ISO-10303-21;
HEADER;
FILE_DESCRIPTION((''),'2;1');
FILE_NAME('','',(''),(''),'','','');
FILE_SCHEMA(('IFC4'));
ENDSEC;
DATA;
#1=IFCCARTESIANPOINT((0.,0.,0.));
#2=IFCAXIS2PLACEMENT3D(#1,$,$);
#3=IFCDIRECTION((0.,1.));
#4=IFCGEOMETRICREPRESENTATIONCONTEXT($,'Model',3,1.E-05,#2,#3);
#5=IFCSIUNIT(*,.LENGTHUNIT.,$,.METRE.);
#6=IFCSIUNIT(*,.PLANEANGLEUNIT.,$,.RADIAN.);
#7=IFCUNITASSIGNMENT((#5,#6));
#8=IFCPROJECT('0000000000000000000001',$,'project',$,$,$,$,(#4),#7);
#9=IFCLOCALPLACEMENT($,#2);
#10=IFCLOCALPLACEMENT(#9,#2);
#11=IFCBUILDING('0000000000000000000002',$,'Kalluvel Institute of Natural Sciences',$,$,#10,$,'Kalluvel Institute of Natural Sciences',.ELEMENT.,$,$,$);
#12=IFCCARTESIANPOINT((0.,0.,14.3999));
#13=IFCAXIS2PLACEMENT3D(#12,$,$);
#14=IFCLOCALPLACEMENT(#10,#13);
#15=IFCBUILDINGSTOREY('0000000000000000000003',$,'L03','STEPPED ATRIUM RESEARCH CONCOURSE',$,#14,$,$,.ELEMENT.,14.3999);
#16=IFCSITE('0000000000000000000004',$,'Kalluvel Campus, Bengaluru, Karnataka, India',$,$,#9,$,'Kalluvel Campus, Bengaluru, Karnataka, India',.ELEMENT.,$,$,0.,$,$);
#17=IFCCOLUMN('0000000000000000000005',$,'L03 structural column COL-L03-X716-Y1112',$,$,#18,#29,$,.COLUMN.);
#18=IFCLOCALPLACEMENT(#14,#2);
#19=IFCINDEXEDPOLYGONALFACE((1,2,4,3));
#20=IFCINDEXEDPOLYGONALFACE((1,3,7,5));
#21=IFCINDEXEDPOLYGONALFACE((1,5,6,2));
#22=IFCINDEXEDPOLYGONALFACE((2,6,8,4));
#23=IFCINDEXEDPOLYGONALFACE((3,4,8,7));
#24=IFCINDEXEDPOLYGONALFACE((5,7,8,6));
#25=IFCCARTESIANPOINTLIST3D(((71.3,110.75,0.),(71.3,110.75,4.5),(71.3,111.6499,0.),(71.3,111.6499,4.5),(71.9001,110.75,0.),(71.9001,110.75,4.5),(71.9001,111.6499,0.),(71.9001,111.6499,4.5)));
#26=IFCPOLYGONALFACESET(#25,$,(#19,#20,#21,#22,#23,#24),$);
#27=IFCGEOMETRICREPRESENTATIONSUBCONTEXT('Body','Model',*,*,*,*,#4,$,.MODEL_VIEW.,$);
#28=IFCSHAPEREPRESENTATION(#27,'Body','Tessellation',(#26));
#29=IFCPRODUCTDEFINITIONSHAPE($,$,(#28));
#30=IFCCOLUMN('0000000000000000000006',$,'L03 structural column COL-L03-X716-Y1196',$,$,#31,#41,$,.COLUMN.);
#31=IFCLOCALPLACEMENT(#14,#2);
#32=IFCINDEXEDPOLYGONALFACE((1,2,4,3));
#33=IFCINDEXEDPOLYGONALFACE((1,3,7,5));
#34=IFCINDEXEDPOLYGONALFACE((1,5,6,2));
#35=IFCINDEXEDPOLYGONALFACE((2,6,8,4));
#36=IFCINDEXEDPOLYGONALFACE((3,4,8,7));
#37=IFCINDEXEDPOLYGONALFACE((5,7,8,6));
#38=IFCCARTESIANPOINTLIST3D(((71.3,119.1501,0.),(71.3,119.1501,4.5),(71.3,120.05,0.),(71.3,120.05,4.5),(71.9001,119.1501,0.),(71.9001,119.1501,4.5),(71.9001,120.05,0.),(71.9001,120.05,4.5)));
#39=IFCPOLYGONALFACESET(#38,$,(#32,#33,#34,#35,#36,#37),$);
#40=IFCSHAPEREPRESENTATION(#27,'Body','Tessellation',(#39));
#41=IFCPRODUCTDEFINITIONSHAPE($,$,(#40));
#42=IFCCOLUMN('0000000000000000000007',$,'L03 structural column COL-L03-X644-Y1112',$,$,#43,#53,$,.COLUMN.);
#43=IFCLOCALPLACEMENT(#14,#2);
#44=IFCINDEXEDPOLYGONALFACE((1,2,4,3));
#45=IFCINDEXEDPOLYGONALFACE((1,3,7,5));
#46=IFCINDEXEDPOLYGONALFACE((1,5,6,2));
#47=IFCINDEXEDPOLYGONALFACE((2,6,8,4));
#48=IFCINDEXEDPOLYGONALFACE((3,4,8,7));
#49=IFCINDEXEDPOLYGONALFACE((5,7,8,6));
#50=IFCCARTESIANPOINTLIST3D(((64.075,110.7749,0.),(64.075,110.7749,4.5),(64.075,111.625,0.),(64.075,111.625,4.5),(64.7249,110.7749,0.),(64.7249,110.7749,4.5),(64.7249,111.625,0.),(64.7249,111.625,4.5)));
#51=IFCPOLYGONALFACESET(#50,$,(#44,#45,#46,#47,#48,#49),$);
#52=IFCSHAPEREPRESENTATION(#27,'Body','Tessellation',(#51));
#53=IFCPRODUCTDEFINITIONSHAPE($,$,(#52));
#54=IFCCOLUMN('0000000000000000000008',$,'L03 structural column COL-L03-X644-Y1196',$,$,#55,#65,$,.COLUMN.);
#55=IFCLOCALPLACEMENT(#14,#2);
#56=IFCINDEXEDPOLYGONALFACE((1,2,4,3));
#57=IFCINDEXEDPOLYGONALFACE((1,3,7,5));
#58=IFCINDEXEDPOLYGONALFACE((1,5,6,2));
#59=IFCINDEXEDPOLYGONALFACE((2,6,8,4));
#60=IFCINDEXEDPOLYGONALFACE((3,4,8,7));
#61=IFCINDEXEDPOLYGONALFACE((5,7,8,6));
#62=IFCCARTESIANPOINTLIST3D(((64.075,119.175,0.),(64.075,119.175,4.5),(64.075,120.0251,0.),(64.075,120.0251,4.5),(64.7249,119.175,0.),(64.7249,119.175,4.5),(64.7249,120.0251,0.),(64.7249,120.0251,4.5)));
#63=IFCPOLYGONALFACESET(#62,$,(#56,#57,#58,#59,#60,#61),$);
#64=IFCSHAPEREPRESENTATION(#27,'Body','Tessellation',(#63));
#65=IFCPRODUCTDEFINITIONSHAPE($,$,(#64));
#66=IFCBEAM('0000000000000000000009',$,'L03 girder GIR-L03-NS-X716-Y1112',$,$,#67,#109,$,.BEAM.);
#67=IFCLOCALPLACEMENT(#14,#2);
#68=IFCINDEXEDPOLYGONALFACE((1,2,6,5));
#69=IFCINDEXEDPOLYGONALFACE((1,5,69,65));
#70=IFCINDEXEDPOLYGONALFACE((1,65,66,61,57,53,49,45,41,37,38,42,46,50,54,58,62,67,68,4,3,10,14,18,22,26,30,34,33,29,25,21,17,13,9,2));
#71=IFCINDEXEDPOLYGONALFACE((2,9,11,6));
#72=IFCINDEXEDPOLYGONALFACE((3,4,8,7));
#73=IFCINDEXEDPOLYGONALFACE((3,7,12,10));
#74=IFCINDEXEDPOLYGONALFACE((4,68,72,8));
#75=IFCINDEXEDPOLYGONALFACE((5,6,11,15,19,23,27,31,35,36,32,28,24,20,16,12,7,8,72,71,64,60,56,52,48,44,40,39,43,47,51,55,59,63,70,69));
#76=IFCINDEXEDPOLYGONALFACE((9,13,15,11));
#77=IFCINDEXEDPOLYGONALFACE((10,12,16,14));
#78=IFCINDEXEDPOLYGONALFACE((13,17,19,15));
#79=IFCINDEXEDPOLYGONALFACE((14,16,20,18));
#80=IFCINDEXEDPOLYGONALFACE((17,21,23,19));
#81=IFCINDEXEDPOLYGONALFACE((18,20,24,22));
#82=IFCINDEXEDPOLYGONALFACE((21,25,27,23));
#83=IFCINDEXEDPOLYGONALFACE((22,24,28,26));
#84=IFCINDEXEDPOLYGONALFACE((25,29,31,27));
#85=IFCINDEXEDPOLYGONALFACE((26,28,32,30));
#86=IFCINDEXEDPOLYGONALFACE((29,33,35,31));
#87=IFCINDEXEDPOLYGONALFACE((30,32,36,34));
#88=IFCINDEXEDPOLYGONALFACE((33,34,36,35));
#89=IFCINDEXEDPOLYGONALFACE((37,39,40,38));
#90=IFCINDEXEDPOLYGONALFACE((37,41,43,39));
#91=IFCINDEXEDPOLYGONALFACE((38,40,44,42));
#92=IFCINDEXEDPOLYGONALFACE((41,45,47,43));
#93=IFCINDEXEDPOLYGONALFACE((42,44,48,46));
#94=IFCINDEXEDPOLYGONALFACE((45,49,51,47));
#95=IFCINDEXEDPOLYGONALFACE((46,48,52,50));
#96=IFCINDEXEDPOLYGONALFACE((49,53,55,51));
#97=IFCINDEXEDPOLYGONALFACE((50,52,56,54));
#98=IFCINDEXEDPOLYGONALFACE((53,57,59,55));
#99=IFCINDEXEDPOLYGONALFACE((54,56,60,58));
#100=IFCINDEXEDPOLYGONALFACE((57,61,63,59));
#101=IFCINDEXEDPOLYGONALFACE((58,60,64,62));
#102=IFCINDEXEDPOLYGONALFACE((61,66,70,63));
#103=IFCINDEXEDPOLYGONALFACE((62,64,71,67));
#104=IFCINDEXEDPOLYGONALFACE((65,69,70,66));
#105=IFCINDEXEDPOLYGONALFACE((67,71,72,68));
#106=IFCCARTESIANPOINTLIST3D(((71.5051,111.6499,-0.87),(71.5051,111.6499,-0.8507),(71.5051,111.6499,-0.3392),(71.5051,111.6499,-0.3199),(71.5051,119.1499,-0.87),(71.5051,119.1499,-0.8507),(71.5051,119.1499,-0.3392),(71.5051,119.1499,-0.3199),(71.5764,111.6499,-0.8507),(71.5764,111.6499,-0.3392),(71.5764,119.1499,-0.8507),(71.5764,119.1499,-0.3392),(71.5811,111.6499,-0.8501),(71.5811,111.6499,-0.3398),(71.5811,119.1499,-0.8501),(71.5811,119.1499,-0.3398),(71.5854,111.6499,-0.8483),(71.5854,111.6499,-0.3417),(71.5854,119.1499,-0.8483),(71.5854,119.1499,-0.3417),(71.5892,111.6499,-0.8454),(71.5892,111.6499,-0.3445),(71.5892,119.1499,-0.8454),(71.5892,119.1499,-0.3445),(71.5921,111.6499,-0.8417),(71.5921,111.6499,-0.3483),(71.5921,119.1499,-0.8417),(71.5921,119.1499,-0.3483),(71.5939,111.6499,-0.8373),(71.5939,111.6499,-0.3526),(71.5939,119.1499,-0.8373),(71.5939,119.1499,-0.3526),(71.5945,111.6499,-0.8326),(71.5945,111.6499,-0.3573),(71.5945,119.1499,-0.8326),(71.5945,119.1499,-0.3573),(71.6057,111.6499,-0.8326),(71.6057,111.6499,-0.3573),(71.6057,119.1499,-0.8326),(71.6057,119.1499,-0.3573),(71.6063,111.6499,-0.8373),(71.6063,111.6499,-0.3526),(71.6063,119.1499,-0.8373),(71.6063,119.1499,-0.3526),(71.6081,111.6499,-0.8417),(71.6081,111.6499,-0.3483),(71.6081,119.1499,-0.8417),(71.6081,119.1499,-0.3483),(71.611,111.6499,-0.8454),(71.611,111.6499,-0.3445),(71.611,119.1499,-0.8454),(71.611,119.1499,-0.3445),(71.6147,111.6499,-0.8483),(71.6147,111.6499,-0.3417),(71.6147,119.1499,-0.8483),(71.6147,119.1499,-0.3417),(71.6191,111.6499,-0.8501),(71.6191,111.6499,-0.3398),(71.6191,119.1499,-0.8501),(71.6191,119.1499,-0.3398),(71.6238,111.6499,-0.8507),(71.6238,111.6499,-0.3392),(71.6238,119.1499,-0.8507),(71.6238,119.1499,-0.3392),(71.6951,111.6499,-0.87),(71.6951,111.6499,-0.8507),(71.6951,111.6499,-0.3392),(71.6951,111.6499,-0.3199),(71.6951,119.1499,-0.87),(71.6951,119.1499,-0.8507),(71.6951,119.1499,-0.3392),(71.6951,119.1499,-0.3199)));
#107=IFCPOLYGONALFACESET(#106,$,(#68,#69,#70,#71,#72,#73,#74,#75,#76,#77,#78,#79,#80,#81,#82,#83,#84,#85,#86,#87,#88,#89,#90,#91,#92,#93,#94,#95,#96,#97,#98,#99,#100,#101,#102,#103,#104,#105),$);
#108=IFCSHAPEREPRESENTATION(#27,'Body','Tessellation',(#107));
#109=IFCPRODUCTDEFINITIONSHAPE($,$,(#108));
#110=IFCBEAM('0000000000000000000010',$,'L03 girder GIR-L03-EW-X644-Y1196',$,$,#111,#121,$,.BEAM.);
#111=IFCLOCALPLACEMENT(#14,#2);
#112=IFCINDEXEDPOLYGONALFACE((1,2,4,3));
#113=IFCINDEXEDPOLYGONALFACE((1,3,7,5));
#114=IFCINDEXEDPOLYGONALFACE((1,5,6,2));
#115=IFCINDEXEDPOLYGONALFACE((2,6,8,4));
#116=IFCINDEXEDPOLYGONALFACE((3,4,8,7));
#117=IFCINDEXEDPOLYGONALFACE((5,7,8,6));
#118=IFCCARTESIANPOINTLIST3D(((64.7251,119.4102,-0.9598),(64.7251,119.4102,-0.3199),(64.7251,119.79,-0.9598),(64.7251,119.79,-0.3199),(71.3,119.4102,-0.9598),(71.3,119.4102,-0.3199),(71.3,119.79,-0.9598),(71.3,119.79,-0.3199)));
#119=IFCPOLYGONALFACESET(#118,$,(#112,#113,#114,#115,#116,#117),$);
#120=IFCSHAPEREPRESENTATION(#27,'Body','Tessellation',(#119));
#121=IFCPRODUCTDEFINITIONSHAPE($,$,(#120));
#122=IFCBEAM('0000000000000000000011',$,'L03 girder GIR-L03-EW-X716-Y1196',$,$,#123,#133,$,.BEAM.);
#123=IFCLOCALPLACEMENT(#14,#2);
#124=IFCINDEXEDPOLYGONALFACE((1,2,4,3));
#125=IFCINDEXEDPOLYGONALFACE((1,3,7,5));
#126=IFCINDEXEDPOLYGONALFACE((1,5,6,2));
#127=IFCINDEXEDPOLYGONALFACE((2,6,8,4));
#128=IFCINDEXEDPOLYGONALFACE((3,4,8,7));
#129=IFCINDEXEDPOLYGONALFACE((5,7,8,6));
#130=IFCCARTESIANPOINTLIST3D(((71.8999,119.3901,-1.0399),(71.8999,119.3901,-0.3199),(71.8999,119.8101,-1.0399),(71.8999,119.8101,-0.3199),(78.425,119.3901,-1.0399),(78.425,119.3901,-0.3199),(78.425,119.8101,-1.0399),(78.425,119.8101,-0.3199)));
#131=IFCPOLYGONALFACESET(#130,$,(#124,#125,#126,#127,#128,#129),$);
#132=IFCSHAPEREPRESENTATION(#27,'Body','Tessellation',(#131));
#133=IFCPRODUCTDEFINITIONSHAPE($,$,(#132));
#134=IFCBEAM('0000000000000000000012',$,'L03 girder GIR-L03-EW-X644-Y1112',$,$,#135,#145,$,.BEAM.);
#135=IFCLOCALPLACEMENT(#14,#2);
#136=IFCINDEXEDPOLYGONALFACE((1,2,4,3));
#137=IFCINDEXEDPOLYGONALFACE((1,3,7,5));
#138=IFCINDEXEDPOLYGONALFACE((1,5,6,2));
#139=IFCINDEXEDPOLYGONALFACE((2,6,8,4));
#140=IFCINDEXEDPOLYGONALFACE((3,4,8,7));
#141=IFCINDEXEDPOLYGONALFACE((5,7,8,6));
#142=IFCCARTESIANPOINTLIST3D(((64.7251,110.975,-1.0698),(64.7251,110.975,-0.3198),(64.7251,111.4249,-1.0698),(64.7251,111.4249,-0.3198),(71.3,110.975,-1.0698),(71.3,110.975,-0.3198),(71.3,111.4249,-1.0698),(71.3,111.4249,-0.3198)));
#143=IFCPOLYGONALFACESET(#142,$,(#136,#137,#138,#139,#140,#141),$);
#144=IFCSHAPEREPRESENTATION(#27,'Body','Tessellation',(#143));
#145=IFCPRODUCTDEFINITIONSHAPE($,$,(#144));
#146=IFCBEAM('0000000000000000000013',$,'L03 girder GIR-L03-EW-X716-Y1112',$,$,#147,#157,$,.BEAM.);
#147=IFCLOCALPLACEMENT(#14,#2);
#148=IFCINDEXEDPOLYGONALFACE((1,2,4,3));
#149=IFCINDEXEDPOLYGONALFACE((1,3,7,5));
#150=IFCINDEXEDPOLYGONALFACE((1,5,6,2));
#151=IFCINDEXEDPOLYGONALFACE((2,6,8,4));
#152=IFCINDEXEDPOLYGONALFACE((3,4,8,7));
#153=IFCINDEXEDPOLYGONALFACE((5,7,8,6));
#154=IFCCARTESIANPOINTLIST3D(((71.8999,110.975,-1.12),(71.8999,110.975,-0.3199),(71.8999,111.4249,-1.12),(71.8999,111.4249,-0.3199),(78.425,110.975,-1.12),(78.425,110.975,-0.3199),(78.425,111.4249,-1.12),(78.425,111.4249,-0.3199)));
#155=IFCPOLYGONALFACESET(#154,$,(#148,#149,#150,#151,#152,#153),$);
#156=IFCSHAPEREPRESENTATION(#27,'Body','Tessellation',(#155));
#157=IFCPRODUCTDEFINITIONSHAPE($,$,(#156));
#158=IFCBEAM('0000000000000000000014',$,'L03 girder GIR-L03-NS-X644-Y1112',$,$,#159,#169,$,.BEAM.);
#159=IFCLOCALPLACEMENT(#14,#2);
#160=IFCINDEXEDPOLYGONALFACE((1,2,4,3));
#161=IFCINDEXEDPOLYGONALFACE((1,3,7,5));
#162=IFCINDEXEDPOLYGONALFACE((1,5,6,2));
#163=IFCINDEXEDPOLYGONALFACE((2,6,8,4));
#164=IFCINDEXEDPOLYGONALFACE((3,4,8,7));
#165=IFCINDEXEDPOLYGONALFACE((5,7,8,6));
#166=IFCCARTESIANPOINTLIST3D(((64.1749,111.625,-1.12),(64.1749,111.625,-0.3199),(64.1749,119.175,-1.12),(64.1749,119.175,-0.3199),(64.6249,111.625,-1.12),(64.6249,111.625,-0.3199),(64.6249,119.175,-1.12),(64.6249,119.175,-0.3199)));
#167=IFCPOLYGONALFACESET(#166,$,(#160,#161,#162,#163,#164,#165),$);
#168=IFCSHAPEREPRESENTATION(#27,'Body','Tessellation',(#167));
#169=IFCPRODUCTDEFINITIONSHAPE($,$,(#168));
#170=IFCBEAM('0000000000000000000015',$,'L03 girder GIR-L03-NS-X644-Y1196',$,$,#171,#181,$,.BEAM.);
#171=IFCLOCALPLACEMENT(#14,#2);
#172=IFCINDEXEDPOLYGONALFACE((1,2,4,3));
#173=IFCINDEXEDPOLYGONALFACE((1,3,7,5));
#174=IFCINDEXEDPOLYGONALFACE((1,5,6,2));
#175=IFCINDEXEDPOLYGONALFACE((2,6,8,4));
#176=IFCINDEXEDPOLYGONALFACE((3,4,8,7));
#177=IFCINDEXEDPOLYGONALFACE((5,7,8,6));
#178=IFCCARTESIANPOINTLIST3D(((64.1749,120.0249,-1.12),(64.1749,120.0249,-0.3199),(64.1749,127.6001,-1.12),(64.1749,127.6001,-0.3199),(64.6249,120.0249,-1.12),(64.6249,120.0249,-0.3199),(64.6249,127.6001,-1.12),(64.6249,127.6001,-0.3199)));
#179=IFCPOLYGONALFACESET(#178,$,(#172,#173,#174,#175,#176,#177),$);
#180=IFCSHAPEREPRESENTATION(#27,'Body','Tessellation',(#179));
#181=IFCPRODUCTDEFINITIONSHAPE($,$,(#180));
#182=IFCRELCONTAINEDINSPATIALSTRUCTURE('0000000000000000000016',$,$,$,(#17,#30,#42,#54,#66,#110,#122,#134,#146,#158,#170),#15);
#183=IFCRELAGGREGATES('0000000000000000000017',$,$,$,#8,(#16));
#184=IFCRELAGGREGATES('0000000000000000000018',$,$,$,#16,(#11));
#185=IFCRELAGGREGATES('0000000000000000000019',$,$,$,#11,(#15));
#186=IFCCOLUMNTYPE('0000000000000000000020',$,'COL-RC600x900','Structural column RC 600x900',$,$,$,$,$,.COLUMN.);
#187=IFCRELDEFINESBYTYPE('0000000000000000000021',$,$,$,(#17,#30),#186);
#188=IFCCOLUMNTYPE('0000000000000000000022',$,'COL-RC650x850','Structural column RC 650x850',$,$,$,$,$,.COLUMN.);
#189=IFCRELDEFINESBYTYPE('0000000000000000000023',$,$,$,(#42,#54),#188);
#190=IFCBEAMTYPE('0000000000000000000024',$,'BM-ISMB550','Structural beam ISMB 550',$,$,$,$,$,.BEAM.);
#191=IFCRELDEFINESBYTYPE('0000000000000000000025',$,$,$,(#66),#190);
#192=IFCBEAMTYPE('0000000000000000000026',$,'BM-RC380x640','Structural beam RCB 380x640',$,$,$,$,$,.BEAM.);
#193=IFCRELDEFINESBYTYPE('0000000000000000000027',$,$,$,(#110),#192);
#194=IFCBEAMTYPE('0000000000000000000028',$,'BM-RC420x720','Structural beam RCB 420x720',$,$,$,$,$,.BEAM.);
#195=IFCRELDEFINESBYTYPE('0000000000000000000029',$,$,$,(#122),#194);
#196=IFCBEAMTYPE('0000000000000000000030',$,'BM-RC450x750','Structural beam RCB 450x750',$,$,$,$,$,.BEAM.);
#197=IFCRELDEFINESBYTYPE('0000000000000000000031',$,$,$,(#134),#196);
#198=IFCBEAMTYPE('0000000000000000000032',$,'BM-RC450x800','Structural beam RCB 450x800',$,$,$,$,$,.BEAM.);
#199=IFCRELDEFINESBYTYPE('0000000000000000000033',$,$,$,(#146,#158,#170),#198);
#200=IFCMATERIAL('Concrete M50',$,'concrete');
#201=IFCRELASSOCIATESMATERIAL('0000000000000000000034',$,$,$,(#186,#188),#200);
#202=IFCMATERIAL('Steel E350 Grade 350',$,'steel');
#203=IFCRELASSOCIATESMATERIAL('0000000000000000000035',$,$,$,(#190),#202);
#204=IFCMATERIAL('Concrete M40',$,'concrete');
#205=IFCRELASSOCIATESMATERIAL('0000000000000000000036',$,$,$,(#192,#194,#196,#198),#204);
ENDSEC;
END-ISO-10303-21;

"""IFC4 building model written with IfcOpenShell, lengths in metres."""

from ifc_helpers import new_model, si_unit, direction, frame, origin, origin_2d, place, context, subcontext, project, spatial, rectangle, i_section, extrude, material, material_profile, profile_set, type_object, element, save


model = new_model("IFC4")

# Units and contexts
model_context = context("Model", 3, precision=1e-05, world=origin(), true_north=direction((0.0, 1.0)))
body_context = subcontext(model_context, "Body", "Model", "MODEL_VIEW")
ifc_project = project(units=[si_unit("LENGTHUNIT", "METRE"), si_unit("PLANEANGLEUNIT", "RADIAN")], contexts=[model_context])

# Site, building, storey
site_placement = place(None, origin())
site = spatial("IfcSite", under=ifc_project, at=site_placement, Name="Kalluvel Campus, Bengaluru, Karnataka, India", LongName="Kalluvel Campus, Bengaluru, Karnataka, India", CompositionType="ELEMENT", RefElevation=0.0)
building_placement = place(site_placement, origin())
building = spatial("IfcBuilding", under=site, at=building_placement, Name="Kalluvel Institute of Natural Sciences", LongName="Kalluvel Institute of Natural Sciences", CompositionType="ELEMENT")
storey_placement = place(building_placement, frame((0.0, 0.0, 14.3999)))
storey = spatial("IfcBuildingStorey", under=building, at=storey_placement, Name="L03", Description="STEPPED ATRIUM RESEARCH CONCOURSE", CompositionType="ELEMENT", Elevation=14.3999)

# Columns
ifc_material_1 = material(Name="Concrete M50", Category="concrete")
ifc_material_profile_1 = material_profile(ifc_material_1, rectangle(XDim=0.6001, YDim=0.8999, at=origin_2d()), Name="RC 600x900")
ifc_profile_set_1 = profile_set([ifc_material_profile_1], Name="Concrete M50")
column_type_1 = type_object("IfcColumnType", Name="COL-RC600x900", Description="Structural column RC 600x900", PredefinedType="COLUMN", material=ifc_profile_set_1)
for number, where, z_axis, x_axis, name in (
    (1, (71.6001, 111.2, 0.0), (0.0, 0.0, 1.0), (1.0, 0.0, 0.0), "L03 structural column COL-L03-X716-Y1112"),
    (2, (71.6001, 119.6001, 0.0), (0.0, 0.0, 1.0), (1.0, 0.0, 0.0), "L03 structural column COL-L03-X716-Y1196"),
):
    element("IfcColumn", number, at=place(storey_placement, frame(where, z_axis=z_axis, x_axis=x_axis)), inside=storey, type_object=column_type_1, Name=name, PredefinedType="COLUMN", context=body_context, shape_type="SweptSolid", body=[
        extrude(rectangle(XDim=0.6001, YDim=0.8999, at=origin_2d()), origin(), (0.0, 0.0, 1.0), 4.5),
    ])
ifc_material_profile_2 = material_profile(ifc_material_1, rectangle(XDim=0.6499, YDim=0.8501, at=origin_2d()), Name="RC 650x850")
ifc_profile_set_2 = profile_set([ifc_material_profile_2], Name="Concrete M50")
column_type_2 = type_object("IfcColumnType", Name="COL-RC650x850", Description="Structural column RC 650x850", PredefinedType="COLUMN", material=ifc_profile_set_2)
for number, where, z_axis, x_axis, name in (
    (3, (64.3999, 111.2, 0.0), (0.0, 0.0, 1.0), (1.0, 0.0, 0.0), "L03 structural column COL-L03-X644-Y1112"),
    (4, (64.3999, 119.6001, 0.0), (0.0, 0.0, 1.0), (1.0, 0.0, 0.0), "L03 structural column COL-L03-X644-Y1196"),
):
    element("IfcColumn", number, at=place(storey_placement, frame(where, z_axis=z_axis, x_axis=x_axis)), inside=storey, type_object=column_type_2, Name=name, PredefinedType="COLUMN", context=body_context, shape_type="SweptSolid", body=[
        extrude(rectangle(XDim=0.6499, YDim=0.8501, at=origin_2d()), origin(), (0.0, 0.0, 1.0), 4.5),
    ])

# Beams
ifc_material_2 = material(Name="Steel E350 Grade 350", Category="steel")
ifc_material_profile_3 = material_profile(ifc_material_2, i_section(OverallWidth=0.1899, OverallDepth=0.55, WebThickness=0.0112, FlangeThickness=0.0193, FilletRadius=0.0181, at=origin_2d()), Name="ISMB 550")
ifc_profile_set_3 = profile_set([ifc_material_profile_3], Name="Steel E350 Grade 350")
beam_type_1 = type_object("IfcBeamType", Name="BM-ISMB550", Description="Structural beam ISMB 550", PredefinedType="BEAM", material=ifc_profile_set_3)
beam_1_placement = place(storey_placement, frame((71.6001, 111.6499, -0.595), z_axis=(0.0, 1.0, 0.0), x_axis=(-1.0, 0.0, 0.0)))
element("IfcBeam", 5, at=beam_1_placement, inside=storey, type_object=beam_type_1, Name="L03 girder GIR-L03-NS-X716-Y1112", PredefinedType="BEAM", context=body_context, shape_type="SweptSolid", body=[
    extrude(i_section(OverallWidth=0.1899, OverallDepth=0.55, WebThickness=0.0112, FlangeThickness=0.0193, FilletRadius=0.0181, at=origin_2d()), origin(), (0.0, 0.0, 1.0), 7.5),
])
ifc_material_3 = material(Name="Concrete M40", Category="concrete")
ifc_material_profile_4 = material_profile(ifc_material_3, rectangle(XDim=0.3799, YDim=0.6399, at=origin_2d()), Name="RCB 380x640")
ifc_profile_set_4 = profile_set([ifc_material_profile_4], Name="Concrete M40")
beam_type_2 = type_object("IfcBeamType", Name="BM-RC380x640", Description="Structural beam RCB 380x640", PredefinedType="BEAM", material=ifc_profile_set_4)
beam_2_placement = place(storey_placement, frame((64.7251, 119.6001, -0.6399), z_axis=(1.0, 0.0, 0.0), x_axis=(0.0, 1.0, 0.0)))
element("IfcBeam", 6, at=beam_2_placement, inside=storey, type_object=beam_type_2, Name="L03 girder GIR-L03-EW-X644-Y1196", PredefinedType="BEAM", context=body_context, shape_type="SweptSolid", body=[
    extrude(rectangle(XDim=0.3799, YDim=0.6399, at=origin_2d()), origin(), (0.0, 0.0, 1.0), 6.575),
])
ifc_material_profile_5 = material_profile(ifc_material_3, rectangle(XDim=0.4199, YDim=0.72, at=origin_2d()), Name="RCB 420x720")
ifc_profile_set_5 = profile_set([ifc_material_profile_5], Name="Concrete M40")
beam_type_3 = type_object("IfcBeamType", Name="BM-RC420x720", Description="Structural beam RCB 420x720", PredefinedType="BEAM", material=ifc_profile_set_5)
beam_3_placement = place(storey_placement, frame((71.8999, 119.6001, -0.6799), z_axis=(1.0, 0.0, 0.0), x_axis=(0.0, 1.0, 0.0)))
element("IfcBeam", 7, at=beam_3_placement, inside=storey, type_object=beam_type_3, Name="L03 girder GIR-L03-EW-X716-Y1196", PredefinedType="BEAM", context=body_context, shape_type="SweptSolid", body=[
    extrude(rectangle(XDim=0.4199, YDim=0.72, at=origin_2d()), origin(), (0.0, 0.0, 1.0), 6.5251),
])
ifc_material_profile_6 = material_profile(ifc_material_3, rectangle(XDim=0.45, YDim=0.75, at=origin_2d()), Name="RCB 450x750")
ifc_profile_set_6 = profile_set([ifc_material_profile_6], Name="Concrete M40")
beam_type_4 = type_object("IfcBeamType", Name="BM-RC450x750", Description="Structural beam RCB 450x750", PredefinedType="BEAM", material=ifc_profile_set_6)
beam_4_placement = place(storey_placement, frame((64.7251, 111.2, -0.6948), z_axis=(1.0, 0.0, 0.0), x_axis=(0.0, 1.0, 0.0)))
element("IfcBeam", 8, at=beam_4_placement, inside=storey, type_object=beam_type_4, Name="L03 girder GIR-L03-EW-X644-Y1112", PredefinedType="BEAM", context=body_context, shape_type="SweptSolid", body=[
    extrude(rectangle(XDim=0.45, YDim=0.75, at=origin_2d()), origin(), (0.0, 0.0, 1.0), 6.575),
])
ifc_material_profile_7 = material_profile(ifc_material_3, rectangle(XDim=0.45, YDim=0.8, at=origin_2d()), Name="RCB 450x800")
ifc_profile_set_7 = profile_set([ifc_material_profile_7], Name="Concrete M40")
beam_type_5 = type_object("IfcBeamType", Name="BM-RC450x800", Description="Structural beam RCB 450x800", PredefinedType="BEAM", material=ifc_profile_set_7)
beam_5_placement = place(storey_placement, frame((71.8999, 111.2, -0.72), z_axis=(1.0, 0.0, 0.0), x_axis=(0.0, 1.0, 0.0)))
element("IfcBeam", 9, at=beam_5_placement, inside=storey, type_object=beam_type_5, Name="L03 girder GIR-L03-EW-X716-Y1112", PredefinedType="BEAM", context=body_context, shape_type="SweptSolid", body=[
    extrude(rectangle(XDim=0.45, YDim=0.8, at=origin_2d()), origin(), (0.0, 0.0, 1.0), 6.5251),
])
beam_6_placement = place(storey_placement, frame((64.3999, 111.625, -0.72), z_axis=(0.0, 1.0, 0.0), x_axis=(-1.0, 0.0, 0.0)))
element("IfcBeam", 10, at=beam_6_placement, inside=storey, type_object=beam_type_5, Name="L03 girder GIR-L03-NS-X644-Y1112", PredefinedType="BEAM", context=body_context, shape_type="SweptSolid", body=[
    extrude(rectangle(XDim=0.45, YDim=0.8, at=origin_2d()), origin(), (0.0, 0.0, 1.0), 7.55),
])
beam_7_placement = place(storey_placement, frame((64.3999, 120.0249, -0.72), z_axis=(0.0, 1.0, 0.0), x_axis=(-1.0, 0.0, 0.0)))
element("IfcBeam", 11, at=beam_7_placement, inside=storey, type_object=beam_type_5, Name="L03 girder GIR-L03-NS-X644-Y1196", PredefinedType="BEAM", context=body_context, shape_type="SweptSolid", body=[
    extrude(rectangle(XDim=0.45, YDim=0.8, at=origin_2d()), origin(), (0.0, 0.0, 1.0), 7.5752),
])

save(model, "model.ifc")
